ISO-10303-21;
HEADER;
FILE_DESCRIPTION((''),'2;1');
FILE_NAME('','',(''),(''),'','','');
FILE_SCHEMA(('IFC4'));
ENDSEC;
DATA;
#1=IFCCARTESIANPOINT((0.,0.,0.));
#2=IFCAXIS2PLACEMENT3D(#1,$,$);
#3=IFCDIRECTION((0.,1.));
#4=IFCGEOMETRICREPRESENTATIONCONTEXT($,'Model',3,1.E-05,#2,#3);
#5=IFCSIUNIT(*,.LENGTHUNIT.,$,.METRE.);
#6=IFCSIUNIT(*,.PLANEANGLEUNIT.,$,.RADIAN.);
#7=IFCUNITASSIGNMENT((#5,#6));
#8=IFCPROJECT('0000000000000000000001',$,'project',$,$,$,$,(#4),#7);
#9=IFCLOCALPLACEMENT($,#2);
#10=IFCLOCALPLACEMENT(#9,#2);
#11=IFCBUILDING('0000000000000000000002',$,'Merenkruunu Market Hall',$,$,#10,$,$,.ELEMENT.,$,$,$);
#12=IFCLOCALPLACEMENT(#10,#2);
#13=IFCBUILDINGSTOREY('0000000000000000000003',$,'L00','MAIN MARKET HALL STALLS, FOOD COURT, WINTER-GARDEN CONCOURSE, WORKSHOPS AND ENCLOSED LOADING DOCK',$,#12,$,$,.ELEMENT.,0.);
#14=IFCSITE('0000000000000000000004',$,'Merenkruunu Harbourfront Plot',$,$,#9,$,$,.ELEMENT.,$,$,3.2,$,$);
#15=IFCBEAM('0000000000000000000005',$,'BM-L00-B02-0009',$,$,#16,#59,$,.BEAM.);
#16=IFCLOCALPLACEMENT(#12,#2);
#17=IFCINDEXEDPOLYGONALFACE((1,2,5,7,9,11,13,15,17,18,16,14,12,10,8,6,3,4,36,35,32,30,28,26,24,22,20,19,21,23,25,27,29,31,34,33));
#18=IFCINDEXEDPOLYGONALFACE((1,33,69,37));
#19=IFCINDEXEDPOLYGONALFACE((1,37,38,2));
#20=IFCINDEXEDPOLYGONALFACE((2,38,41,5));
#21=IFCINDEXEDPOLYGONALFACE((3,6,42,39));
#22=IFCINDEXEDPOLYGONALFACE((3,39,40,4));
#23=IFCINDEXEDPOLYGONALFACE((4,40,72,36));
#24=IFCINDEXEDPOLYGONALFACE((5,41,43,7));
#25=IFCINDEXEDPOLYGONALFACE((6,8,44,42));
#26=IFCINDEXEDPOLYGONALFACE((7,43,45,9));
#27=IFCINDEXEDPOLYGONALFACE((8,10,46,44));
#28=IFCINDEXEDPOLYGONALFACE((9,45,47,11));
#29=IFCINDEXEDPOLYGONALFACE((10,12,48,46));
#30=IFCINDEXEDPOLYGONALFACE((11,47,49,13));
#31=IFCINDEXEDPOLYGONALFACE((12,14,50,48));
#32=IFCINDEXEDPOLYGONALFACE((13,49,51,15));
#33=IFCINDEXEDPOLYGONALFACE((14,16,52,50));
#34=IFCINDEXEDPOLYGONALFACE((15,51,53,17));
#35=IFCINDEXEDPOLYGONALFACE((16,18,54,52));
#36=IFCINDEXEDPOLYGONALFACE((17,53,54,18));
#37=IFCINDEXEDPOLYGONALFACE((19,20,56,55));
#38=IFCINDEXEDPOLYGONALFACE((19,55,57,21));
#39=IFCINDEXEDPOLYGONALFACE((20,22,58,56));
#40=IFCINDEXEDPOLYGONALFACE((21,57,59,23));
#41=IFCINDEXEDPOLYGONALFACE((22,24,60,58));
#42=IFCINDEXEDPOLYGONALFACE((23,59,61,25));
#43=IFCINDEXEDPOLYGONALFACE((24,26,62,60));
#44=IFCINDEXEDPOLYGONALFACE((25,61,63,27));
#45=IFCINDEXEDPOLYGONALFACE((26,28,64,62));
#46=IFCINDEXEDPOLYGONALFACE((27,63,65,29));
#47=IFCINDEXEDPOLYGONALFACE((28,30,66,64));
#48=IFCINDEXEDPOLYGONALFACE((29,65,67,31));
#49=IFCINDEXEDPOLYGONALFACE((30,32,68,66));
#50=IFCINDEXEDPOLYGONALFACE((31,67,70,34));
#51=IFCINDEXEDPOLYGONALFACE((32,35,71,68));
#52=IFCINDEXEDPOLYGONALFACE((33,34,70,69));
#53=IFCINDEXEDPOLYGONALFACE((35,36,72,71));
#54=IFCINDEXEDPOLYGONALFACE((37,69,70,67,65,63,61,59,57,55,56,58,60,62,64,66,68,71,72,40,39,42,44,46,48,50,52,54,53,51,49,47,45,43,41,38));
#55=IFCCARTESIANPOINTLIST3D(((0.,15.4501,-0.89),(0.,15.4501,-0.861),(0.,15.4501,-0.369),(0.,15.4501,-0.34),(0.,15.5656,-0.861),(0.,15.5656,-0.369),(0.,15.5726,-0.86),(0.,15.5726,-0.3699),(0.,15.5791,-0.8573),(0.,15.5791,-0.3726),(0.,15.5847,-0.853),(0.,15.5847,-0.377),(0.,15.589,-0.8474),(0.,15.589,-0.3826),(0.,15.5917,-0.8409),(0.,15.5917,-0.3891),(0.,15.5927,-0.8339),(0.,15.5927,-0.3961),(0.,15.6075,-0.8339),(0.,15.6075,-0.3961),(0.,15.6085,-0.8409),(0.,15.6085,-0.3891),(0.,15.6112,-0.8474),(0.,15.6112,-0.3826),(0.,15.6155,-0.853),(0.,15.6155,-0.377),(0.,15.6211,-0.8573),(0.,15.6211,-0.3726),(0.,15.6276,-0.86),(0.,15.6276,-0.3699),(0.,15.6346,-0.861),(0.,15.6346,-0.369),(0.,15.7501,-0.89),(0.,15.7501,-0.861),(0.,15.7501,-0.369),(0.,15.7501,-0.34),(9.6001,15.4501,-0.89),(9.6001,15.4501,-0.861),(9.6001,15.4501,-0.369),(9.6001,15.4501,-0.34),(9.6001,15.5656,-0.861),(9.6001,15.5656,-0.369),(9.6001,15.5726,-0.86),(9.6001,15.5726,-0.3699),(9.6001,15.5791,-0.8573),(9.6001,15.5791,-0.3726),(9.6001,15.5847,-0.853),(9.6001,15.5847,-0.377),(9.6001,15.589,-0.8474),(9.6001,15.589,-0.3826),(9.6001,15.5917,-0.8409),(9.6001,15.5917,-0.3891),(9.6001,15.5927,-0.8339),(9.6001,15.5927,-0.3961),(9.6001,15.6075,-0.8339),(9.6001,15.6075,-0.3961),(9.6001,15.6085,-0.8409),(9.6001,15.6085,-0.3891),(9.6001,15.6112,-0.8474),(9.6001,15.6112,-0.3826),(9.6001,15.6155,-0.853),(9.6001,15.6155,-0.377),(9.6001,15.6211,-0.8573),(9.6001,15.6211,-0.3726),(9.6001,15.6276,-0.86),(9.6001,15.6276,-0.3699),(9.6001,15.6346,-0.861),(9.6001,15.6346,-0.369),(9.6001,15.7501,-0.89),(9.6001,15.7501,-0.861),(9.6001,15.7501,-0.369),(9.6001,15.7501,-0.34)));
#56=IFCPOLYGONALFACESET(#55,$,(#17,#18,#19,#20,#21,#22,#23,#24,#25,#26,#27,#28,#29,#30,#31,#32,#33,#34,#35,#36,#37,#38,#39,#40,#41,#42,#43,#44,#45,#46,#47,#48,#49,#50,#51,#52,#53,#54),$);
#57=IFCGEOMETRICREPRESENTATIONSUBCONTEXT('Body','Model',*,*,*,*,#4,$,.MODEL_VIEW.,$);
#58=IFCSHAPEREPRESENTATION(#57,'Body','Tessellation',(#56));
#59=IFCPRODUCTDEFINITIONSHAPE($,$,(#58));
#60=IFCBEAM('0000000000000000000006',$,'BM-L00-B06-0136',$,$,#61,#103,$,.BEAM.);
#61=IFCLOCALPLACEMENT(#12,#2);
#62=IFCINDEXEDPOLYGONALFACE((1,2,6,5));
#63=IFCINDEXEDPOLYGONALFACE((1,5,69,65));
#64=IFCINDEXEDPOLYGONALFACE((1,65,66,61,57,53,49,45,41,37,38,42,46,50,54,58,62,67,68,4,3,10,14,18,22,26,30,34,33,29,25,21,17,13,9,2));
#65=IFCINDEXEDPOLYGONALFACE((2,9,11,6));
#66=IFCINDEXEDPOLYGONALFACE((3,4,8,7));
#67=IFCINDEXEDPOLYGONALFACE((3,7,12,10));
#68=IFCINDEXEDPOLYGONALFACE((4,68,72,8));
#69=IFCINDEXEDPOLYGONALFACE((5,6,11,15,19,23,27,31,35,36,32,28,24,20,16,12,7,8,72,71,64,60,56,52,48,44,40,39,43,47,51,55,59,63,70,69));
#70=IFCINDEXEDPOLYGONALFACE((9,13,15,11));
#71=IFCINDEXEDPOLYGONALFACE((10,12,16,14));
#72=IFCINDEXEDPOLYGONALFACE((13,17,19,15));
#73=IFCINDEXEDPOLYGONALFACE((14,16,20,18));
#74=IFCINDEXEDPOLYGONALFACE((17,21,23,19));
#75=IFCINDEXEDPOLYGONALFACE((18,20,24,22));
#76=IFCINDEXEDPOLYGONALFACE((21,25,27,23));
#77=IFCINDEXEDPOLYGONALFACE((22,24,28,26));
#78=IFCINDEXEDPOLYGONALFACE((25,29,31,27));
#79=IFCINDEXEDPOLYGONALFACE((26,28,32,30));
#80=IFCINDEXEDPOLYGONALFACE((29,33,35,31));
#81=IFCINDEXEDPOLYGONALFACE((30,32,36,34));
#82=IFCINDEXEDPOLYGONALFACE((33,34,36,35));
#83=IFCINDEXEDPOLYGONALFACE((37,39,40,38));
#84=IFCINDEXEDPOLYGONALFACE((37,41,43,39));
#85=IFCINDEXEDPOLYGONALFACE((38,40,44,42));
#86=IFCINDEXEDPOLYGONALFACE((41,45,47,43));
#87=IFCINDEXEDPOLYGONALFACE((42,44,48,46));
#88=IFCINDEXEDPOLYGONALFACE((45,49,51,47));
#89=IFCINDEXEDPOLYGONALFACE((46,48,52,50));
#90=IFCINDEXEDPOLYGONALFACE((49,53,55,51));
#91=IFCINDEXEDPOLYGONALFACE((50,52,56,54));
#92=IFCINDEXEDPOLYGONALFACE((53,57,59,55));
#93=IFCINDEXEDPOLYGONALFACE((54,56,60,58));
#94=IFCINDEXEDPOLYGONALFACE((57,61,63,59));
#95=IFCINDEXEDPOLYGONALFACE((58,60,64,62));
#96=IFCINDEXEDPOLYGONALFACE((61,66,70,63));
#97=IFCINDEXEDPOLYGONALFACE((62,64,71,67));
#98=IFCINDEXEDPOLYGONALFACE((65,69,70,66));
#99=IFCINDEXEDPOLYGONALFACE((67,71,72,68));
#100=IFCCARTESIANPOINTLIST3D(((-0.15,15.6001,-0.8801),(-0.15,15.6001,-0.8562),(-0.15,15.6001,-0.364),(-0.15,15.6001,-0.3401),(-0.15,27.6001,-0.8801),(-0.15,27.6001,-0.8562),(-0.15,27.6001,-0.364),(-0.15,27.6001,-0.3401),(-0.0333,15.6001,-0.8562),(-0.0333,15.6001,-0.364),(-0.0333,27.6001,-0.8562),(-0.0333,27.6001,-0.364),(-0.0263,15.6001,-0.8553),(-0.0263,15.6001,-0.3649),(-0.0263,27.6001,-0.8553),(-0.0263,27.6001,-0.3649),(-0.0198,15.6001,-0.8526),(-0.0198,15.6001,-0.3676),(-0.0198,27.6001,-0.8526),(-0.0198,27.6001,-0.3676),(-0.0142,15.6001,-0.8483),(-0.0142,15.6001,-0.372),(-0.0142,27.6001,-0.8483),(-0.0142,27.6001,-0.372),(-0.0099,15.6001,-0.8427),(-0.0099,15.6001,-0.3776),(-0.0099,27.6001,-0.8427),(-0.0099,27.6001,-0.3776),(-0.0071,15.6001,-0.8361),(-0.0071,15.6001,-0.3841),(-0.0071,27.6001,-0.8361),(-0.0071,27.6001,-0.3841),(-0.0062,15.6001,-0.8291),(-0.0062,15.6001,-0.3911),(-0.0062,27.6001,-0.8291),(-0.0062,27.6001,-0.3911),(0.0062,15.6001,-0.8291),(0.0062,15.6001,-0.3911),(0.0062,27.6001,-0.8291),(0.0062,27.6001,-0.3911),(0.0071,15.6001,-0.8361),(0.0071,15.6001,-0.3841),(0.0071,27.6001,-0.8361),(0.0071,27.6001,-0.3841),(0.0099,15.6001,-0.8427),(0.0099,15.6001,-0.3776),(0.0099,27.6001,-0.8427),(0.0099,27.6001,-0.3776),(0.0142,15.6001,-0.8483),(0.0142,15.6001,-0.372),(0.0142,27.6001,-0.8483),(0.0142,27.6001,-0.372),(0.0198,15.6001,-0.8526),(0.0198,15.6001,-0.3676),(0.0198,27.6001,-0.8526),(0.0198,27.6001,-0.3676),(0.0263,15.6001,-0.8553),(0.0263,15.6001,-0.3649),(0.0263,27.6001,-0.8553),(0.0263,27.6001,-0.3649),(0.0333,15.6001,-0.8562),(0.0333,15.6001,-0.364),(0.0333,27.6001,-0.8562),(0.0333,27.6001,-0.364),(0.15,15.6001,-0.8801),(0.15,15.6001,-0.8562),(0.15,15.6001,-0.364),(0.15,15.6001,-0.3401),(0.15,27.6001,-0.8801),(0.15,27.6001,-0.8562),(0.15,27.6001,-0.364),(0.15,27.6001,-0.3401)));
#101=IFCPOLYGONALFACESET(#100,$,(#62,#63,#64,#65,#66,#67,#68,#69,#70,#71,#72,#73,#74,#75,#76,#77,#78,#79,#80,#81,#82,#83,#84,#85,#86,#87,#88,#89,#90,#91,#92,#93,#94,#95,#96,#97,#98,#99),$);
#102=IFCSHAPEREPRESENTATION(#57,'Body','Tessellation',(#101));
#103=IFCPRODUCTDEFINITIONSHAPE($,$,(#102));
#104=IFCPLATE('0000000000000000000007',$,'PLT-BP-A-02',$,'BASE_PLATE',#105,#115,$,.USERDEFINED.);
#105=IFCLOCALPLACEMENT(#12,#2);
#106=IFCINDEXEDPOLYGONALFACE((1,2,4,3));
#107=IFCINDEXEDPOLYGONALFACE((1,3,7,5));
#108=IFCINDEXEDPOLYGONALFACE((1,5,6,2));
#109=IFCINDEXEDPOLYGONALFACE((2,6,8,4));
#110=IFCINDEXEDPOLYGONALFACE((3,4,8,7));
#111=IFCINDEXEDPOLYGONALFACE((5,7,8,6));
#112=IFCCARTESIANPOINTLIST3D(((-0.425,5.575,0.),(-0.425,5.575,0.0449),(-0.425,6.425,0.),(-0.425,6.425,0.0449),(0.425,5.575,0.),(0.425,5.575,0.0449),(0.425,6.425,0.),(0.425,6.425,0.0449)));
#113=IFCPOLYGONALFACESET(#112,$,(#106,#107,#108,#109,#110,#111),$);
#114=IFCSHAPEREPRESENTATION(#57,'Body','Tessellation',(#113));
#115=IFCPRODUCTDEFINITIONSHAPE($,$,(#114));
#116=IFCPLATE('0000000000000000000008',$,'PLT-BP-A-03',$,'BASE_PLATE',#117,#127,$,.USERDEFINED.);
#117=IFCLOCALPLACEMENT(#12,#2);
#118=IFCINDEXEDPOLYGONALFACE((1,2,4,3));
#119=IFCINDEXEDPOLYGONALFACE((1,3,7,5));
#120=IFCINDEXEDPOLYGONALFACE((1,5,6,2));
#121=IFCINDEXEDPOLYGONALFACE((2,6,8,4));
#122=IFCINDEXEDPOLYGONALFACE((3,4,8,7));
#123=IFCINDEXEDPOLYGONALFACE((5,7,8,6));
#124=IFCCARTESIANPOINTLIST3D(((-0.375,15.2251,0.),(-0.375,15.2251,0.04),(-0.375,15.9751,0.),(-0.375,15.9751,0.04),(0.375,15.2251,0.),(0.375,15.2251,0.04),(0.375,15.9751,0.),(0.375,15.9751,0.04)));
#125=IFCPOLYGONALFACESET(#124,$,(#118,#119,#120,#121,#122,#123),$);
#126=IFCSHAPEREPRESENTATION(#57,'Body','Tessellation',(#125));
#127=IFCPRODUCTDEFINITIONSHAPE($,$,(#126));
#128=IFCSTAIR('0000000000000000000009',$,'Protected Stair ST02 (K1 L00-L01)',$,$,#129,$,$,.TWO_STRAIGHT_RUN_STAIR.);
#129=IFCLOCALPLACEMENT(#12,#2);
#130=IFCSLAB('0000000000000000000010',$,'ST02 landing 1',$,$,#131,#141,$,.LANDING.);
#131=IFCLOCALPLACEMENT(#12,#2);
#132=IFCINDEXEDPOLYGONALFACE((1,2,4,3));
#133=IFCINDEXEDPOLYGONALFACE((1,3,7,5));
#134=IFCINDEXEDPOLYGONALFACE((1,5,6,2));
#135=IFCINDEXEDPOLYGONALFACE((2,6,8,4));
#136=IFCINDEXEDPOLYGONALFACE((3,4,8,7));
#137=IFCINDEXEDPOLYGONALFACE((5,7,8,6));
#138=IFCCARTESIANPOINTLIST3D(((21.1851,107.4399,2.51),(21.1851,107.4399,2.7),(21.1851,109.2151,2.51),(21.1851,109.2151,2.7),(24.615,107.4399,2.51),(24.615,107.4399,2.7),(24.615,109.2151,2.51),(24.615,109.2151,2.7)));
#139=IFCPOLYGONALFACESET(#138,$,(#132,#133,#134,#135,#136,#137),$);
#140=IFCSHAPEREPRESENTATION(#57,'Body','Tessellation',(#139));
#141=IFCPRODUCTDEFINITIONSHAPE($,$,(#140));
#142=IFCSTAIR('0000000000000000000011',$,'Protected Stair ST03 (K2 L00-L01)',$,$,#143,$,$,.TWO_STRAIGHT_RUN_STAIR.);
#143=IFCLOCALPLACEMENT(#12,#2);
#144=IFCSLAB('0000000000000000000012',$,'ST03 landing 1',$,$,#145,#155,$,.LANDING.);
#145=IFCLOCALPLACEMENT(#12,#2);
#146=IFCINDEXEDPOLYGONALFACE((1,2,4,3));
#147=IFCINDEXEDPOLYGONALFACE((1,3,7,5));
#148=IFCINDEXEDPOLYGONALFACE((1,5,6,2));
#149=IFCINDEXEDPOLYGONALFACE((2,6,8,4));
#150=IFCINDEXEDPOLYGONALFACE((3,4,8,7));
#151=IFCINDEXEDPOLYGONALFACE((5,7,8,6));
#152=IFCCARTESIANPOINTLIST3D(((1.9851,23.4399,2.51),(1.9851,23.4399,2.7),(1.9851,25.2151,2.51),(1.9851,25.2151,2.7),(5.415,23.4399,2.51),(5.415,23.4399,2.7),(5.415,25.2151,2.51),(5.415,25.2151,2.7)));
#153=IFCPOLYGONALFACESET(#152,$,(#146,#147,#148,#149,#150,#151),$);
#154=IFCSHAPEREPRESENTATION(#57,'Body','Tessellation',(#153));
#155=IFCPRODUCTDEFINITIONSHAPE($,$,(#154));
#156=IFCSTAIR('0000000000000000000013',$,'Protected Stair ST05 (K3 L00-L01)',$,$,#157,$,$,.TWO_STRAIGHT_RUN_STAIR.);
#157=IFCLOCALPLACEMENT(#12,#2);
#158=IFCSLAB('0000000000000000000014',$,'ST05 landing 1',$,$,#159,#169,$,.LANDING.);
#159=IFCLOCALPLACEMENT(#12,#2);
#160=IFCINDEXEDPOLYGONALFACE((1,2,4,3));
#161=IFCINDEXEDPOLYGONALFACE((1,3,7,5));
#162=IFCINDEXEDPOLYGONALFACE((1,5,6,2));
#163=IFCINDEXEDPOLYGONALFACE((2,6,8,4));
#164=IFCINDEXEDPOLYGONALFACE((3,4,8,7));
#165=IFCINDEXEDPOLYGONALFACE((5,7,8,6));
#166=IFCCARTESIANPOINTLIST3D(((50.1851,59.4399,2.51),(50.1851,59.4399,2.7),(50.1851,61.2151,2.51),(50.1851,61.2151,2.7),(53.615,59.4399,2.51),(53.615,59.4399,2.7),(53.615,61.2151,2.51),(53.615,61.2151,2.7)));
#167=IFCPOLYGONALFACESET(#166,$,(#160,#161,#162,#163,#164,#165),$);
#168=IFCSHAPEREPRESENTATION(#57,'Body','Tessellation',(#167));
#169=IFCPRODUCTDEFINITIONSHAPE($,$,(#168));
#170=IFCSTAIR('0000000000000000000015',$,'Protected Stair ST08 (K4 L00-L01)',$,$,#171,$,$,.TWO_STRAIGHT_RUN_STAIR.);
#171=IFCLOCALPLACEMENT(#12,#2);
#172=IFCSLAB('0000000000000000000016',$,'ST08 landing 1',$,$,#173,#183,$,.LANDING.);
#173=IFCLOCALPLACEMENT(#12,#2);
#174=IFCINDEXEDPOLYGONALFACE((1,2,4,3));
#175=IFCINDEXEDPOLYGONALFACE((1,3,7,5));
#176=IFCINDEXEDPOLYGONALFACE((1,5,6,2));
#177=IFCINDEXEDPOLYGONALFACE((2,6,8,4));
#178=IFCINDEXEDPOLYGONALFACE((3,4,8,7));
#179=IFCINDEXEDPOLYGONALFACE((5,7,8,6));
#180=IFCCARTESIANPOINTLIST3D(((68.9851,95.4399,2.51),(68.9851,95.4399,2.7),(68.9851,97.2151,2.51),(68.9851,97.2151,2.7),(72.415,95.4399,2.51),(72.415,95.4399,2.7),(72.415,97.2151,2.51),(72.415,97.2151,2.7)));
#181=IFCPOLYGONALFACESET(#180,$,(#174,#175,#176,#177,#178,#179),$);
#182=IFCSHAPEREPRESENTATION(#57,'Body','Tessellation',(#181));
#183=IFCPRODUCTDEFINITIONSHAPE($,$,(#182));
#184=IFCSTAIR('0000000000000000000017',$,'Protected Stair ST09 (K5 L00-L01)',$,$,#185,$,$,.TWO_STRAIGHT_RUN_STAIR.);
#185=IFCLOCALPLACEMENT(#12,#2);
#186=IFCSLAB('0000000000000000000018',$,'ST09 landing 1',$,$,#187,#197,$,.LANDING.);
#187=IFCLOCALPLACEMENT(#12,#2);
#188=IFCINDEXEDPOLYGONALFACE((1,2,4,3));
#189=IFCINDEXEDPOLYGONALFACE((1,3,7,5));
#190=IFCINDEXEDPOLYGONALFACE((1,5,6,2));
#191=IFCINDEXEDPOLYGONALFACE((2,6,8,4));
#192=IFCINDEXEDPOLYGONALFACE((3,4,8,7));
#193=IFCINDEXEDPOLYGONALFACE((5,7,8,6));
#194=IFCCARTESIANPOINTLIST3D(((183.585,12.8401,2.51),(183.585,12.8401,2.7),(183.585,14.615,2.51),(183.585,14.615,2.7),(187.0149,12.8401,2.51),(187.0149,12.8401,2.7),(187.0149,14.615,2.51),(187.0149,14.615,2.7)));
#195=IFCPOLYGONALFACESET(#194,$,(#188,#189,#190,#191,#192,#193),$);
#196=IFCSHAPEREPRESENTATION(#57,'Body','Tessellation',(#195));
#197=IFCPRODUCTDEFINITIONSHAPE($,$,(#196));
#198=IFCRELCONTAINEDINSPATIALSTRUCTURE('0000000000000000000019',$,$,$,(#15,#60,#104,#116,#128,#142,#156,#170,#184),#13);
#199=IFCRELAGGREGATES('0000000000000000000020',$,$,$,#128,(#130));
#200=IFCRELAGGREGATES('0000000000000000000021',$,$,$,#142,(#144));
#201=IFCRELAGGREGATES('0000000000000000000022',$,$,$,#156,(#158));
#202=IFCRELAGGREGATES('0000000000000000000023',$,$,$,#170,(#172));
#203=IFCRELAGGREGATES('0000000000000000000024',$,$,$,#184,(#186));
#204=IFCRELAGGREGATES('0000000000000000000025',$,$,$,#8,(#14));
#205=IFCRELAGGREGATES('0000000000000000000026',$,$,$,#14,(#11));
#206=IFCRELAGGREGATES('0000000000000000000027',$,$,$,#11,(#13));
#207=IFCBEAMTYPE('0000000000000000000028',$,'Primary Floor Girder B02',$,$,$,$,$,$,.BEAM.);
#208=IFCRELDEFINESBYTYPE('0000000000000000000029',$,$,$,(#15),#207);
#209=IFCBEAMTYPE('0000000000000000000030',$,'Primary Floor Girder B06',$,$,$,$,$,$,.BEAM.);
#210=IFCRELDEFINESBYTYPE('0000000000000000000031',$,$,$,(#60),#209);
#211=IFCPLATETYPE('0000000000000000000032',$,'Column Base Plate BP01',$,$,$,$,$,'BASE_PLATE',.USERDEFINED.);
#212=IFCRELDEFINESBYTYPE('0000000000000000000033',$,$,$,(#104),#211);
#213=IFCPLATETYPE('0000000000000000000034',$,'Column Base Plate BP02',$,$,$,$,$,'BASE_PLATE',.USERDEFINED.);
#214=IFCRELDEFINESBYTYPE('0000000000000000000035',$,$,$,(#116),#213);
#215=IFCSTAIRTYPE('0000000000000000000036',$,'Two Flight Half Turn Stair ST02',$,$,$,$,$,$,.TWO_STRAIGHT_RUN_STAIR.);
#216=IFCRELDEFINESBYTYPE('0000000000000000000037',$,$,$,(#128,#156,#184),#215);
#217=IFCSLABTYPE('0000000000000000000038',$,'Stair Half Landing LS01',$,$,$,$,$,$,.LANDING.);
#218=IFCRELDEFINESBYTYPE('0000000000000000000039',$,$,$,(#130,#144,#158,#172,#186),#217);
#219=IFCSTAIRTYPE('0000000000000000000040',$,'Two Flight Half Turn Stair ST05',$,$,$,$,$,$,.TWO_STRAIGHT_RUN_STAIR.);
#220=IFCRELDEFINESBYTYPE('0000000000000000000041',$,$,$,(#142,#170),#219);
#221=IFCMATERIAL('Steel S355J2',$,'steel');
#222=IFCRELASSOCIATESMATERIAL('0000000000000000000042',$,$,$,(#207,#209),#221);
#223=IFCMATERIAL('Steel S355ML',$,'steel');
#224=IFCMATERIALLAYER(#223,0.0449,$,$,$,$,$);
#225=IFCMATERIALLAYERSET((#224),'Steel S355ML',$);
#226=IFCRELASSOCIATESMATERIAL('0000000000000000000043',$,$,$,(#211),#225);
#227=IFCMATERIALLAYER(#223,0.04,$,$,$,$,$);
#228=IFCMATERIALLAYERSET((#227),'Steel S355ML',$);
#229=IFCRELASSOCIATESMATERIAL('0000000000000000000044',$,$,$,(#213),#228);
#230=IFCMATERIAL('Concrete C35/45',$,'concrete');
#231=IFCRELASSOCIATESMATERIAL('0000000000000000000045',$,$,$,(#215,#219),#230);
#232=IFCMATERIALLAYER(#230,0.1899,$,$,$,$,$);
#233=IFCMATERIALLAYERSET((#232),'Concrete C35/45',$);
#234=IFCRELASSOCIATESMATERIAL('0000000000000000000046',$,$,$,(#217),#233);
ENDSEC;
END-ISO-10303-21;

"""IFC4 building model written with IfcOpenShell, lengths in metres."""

from ifc_helpers import new_model, si_unit, direction, frame, origin, origin_2d, place, context, subcontext, project, spatial, polyline, rectangle, i_section, outline, extrude, material, layer, layer_set, material_profile, profile_set, type_object, element, aggregate, save


model = new_model("IFC4")

# Units and contexts
model_context = context("Model", 3, precision=1e-05, world=origin(), true_north=direction((0.0, 1.0)))
body_context = subcontext(model_context, "Body", "Model", "MODEL_VIEW")
ifc_project = project(units=[si_unit("LENGTHUNIT", "METRE"), si_unit("PLANEANGLEUNIT", "RADIAN")], contexts=[model_context])

# Site, building, storey
site_placement = place(None, origin())
site = spatial("IfcSite", under=ifc_project, at=site_placement, Name="Merenkruunu Harbourfront Plot", CompositionType="ELEMENT", RefElevation=3.2)
building_placement = place(site_placement, origin())
building = spatial("IfcBuilding", under=site, at=building_placement, Name="Merenkruunu Market Hall", CompositionType="ELEMENT")
storey_placement = place(building_placement, origin())
storey = spatial("IfcBuildingStorey", under=building, at=storey_placement, Name="L00", Description="MAIN MARKET HALL STALLS, FOOD COURT, WINTER-GARDEN CONCOURSE, WORKSHOPS AND ENCLOSED LOADING DOCK", CompositionType="ELEMENT", Elevation=0.0)

# Shared definitions
ifc_material_1 = material(Name="Steel S355ML", Category="steel")

# Beams
ifc_material_2 = material(Name="Steel S355J2", Category="steel")
ifc_material_profile_1 = material_profile(ifc_material_2, i_section(OverallWidth=0.3, OverallDepth=0.55, WebThickness=0.0149, FlangeThickness=0.0291, FilletRadius=0.0271, at=origin_2d()), Name="HEB 550")
ifc_profile_set_1 = profile_set([ifc_material_profile_1], Name="Steel S355J2")
beam_type_1 = type_object("IfcBeamType", Name="Primary Floor Girder B02", PredefinedType="BEAM", material=ifc_profile_set_1)
beam_1_placement = place(storey_placement, frame((0.0, 15.6001, -0.615), z_axis=(1.0, 0.0, 0.0), x_axis=(0.0, 1.0, 0.0)))
element("IfcBeam", 1, at=beam_1_placement, inside=storey, type_object=beam_type_1, Name="BM-L00-B02-0009", PredefinedType="BEAM", context=body_context, shape_type="SweptSolid", body=[
    extrude(i_section(OverallWidth=0.3, OverallDepth=0.55, WebThickness=0.0149, FlangeThickness=0.0291, FilletRadius=0.0271, at=origin_2d()), origin(), (0.0, 0.0, 1.0), 9.6001),
])
ifc_material_profile_2 = material_profile(ifc_material_2, i_section(OverallWidth=0.3, OverallDepth=0.54, WebThickness=0.0125, FlangeThickness=0.0239, FilletRadius=0.0271, at=origin_2d()), Name="HEA 550")
ifc_profile_set_2 = profile_set([ifc_material_profile_2], Name="Steel S355J2")
beam_type_2 = type_object("IfcBeamType", Name="Primary Floor Girder B06", PredefinedType="BEAM", material=ifc_profile_set_2)
beam_2_placement = place(storey_placement, frame((0.0, 15.6001, -0.6101), z_axis=(0.0, 1.0, 0.0), x_axis=(-1.0, 0.0, 0.0)))
element("IfcBeam", 2, at=beam_2_placement, inside=storey, type_object=beam_type_2, Name="BM-L00-B06-0136", PredefinedType="BEAM", context=body_context, shape_type="SweptSolid", body=[
    extrude(i_section(OverallWidth=0.3, OverallDepth=0.54, WebThickness=0.0125, FlangeThickness=0.0239, FilletRadius=0.0271, at=origin_2d()), origin(), (0.0, 0.0, 1.0), 12.0),
])

# Plates
ifc_layer_1 = layer(ifc_material_1, 0.0449)
ifc_layer_set_1 = layer_set([ifc_layer_1], Name="Steel S355ML")
plate_type_1 = type_object("IfcPlateType", Name="Column Base Plate BP01", ElementType="BASE_PLATE", PredefinedType="USERDEFINED", material=ifc_layer_set_1)
plate_1_placement = place(storey_placement, frame((0.0, 6.0, 0.0), z_axis=(0.0, 0.0, 1.0), x_axis=(1.0, 0.0, 0.0)))
element("IfcPlate", 3, at=plate_1_placement, inside=storey, type_object=plate_type_1, Name="PLT-BP-A-02", ObjectType="BASE_PLATE", PredefinedType="USERDEFINED", context=body_context, shape_type="SweptSolid", body=[
    extrude(rectangle(XDim=0.8501, YDim=0.8501, at=origin_2d()), origin(), (0.0, 0.0, 1.0), 0.0449),
])
ifc_layer_2 = layer(ifc_material_1, 0.04)
ifc_layer_set_2 = layer_set([ifc_layer_2], Name="Steel S355ML")
plate_type_2 = type_object("IfcPlateType", Name="Column Base Plate BP02", ElementType="BASE_PLATE", PredefinedType="USERDEFINED", material=ifc_layer_set_2)
plate_2_placement = place(storey_placement, frame((0.0, 15.6001, 0.0), z_axis=(0.0, 0.0, 1.0), x_axis=(1.0, 0.0, 0.0)))
element("IfcPlate", 4, at=plate_2_placement, inside=storey, type_object=plate_type_2, Name="PLT-BP-A-03", ObjectType="BASE_PLATE", PredefinedType="USERDEFINED", context=body_context, shape_type="SweptSolid", body=[
    extrude(rectangle(XDim=0.75, YDim=0.75, at=origin_2d()), origin(), (0.0, 0.0, 1.0), 0.04),
])

# Stairs, slabs
ifc_material_3 = material(Name="Concrete C35/45", Category="concrete")
stair_type_1 = type_object("IfcStairType", Name="Two Flight Half Turn Stair ST02", PredefinedType="TWO_STRAIGHT_RUN_STAIR", material=ifc_material_3)
stair_1_placement = place(storey_placement, origin())
stair_1 = element("IfcStair", 5, at=stair_1_placement, inside=storey, type_object=stair_type_1, Name="Protected Stair ST02 (K1 L00-L01)", PredefinedType="TWO_STRAIGHT_RUN_STAIR")
ifc_layer_3 = layer(ifc_material_3, 0.1899)
ifc_layer_set_3 = layer_set([ifc_layer_3], Name="Concrete C35/45")
slab_type_1 = type_object("IfcSlabType", Name="Stair Half Landing LS01", PredefinedType="LANDING", material=ifc_layer_set_3)
slab_1_placement = place(storey_placement, frame((0.0, 0.0, 2.51)))
slab_1 = element("IfcSlab", 6, at=slab_1_placement, type_object=slab_type_1, Name="ST02 landing 1", PredefinedType="LANDING", context=body_context, shape_type="SweptSolid", body=[
    extrude(outline(polyline([(21.1851, 107.4399), (24.615, 107.4399), (24.615, 109.2151), (21.1851, 109.2151), (21.1851, 107.4399)])), origin(), (0.0, 0.0, 1.0), 0.1899),
])
aggregate(stair_1, [slab_1])
stair_type_2 = type_object("IfcStairType", Name="Two Flight Half Turn Stair ST05", PredefinedType="TWO_STRAIGHT_RUN_STAIR", material=ifc_material_3)
stair_2_placement = place(storey_placement, origin())
stair_2 = element("IfcStair", 7, at=stair_2_placement, inside=storey, type_object=stair_type_2, Name="Protected Stair ST03 (K2 L00-L01)", PredefinedType="TWO_STRAIGHT_RUN_STAIR")
slab_2_placement = place(storey_placement, frame((0.0, 0.0, 2.51)))
slab_2 = element("IfcSlab", 8, at=slab_2_placement, type_object=slab_type_1, Name="ST03 landing 1", PredefinedType="LANDING", context=body_context, shape_type="SweptSolid", body=[
    extrude(outline(polyline([(1.9851, 23.4399), (5.415, 23.4399), (5.415, 25.2151), (1.9851, 25.2151), (1.9851, 23.4399)])), origin(), (0.0, 0.0, 1.0), 0.1899),
])
aggregate(stair_2, [slab_2])
stair_3_placement = place(storey_placement, origin())
stair_3 = element("IfcStair", 9, at=stair_3_placement, inside=storey, type_object=stair_type_1, Name="Protected Stair ST05 (K3 L00-L01)", PredefinedType="TWO_STRAIGHT_RUN_STAIR")
slab_3_placement = place(storey_placement, frame((0.0, 0.0, 2.51)))
slab_3 = element("IfcSlab", 10, at=slab_3_placement, type_object=slab_type_1, Name="ST05 landing 1", PredefinedType="LANDING", context=body_context, shape_type="SweptSolid", body=[
    extrude(outline(polyline([(50.1851, 59.4399), (53.615, 59.4399), (53.615, 61.2151), (50.1851, 61.2151), (50.1851, 59.4399)])), origin(), (0.0, 0.0, 1.0), 0.1899),
])
aggregate(stair_3, [slab_3])
stair_4_placement = place(storey_placement, origin())
stair_4 = element("IfcStair", 11, at=stair_4_placement, inside=storey, type_object=stair_type_2, Name="Protected Stair ST08 (K4 L00-L01)", PredefinedType="TWO_STRAIGHT_RUN_STAIR")
slab_4_placement = place(storey_placement, frame((0.0, 0.0, 2.51)))
slab_4 = element("IfcSlab", 12, at=slab_4_placement, type_object=slab_type_1, Name="ST08 landing 1", PredefinedType="LANDING", context=body_context, shape_type="SweptSolid", body=[
    extrude(outline(polyline([(68.9851, 95.4399), (72.415, 95.4399), (72.415, 97.2151), (68.9851, 97.2151), (68.9851, 95.4399)])), origin(), (0.0, 0.0, 1.0), 0.1899),
])
aggregate(stair_4, [slab_4])
stair_5_placement = place(storey_placement, origin())
stair_5 = element("IfcStair", 13, at=stair_5_placement, inside=storey, type_object=stair_type_1, Name="Protected Stair ST09 (K5 L00-L01)", PredefinedType="TWO_STRAIGHT_RUN_STAIR")
slab_5_placement = place(storey_placement, frame((0.0, 0.0, 2.51)))
slab_5 = element("IfcSlab", 14, at=slab_5_placement, type_object=slab_type_1, Name="ST09 landing 1", PredefinedType="LANDING", context=body_context, shape_type="SweptSolid", body=[
    extrude(outline(polyline([(183.585, 12.8401), (187.0149, 12.8401), (187.0149, 14.615), (183.585, 14.615), (183.585, 12.8401)])), origin(), (0.0, 0.0, 1.0), 0.1899),
])
aggregate(stair_5, [slab_5])

save(model, "model.ifc")
